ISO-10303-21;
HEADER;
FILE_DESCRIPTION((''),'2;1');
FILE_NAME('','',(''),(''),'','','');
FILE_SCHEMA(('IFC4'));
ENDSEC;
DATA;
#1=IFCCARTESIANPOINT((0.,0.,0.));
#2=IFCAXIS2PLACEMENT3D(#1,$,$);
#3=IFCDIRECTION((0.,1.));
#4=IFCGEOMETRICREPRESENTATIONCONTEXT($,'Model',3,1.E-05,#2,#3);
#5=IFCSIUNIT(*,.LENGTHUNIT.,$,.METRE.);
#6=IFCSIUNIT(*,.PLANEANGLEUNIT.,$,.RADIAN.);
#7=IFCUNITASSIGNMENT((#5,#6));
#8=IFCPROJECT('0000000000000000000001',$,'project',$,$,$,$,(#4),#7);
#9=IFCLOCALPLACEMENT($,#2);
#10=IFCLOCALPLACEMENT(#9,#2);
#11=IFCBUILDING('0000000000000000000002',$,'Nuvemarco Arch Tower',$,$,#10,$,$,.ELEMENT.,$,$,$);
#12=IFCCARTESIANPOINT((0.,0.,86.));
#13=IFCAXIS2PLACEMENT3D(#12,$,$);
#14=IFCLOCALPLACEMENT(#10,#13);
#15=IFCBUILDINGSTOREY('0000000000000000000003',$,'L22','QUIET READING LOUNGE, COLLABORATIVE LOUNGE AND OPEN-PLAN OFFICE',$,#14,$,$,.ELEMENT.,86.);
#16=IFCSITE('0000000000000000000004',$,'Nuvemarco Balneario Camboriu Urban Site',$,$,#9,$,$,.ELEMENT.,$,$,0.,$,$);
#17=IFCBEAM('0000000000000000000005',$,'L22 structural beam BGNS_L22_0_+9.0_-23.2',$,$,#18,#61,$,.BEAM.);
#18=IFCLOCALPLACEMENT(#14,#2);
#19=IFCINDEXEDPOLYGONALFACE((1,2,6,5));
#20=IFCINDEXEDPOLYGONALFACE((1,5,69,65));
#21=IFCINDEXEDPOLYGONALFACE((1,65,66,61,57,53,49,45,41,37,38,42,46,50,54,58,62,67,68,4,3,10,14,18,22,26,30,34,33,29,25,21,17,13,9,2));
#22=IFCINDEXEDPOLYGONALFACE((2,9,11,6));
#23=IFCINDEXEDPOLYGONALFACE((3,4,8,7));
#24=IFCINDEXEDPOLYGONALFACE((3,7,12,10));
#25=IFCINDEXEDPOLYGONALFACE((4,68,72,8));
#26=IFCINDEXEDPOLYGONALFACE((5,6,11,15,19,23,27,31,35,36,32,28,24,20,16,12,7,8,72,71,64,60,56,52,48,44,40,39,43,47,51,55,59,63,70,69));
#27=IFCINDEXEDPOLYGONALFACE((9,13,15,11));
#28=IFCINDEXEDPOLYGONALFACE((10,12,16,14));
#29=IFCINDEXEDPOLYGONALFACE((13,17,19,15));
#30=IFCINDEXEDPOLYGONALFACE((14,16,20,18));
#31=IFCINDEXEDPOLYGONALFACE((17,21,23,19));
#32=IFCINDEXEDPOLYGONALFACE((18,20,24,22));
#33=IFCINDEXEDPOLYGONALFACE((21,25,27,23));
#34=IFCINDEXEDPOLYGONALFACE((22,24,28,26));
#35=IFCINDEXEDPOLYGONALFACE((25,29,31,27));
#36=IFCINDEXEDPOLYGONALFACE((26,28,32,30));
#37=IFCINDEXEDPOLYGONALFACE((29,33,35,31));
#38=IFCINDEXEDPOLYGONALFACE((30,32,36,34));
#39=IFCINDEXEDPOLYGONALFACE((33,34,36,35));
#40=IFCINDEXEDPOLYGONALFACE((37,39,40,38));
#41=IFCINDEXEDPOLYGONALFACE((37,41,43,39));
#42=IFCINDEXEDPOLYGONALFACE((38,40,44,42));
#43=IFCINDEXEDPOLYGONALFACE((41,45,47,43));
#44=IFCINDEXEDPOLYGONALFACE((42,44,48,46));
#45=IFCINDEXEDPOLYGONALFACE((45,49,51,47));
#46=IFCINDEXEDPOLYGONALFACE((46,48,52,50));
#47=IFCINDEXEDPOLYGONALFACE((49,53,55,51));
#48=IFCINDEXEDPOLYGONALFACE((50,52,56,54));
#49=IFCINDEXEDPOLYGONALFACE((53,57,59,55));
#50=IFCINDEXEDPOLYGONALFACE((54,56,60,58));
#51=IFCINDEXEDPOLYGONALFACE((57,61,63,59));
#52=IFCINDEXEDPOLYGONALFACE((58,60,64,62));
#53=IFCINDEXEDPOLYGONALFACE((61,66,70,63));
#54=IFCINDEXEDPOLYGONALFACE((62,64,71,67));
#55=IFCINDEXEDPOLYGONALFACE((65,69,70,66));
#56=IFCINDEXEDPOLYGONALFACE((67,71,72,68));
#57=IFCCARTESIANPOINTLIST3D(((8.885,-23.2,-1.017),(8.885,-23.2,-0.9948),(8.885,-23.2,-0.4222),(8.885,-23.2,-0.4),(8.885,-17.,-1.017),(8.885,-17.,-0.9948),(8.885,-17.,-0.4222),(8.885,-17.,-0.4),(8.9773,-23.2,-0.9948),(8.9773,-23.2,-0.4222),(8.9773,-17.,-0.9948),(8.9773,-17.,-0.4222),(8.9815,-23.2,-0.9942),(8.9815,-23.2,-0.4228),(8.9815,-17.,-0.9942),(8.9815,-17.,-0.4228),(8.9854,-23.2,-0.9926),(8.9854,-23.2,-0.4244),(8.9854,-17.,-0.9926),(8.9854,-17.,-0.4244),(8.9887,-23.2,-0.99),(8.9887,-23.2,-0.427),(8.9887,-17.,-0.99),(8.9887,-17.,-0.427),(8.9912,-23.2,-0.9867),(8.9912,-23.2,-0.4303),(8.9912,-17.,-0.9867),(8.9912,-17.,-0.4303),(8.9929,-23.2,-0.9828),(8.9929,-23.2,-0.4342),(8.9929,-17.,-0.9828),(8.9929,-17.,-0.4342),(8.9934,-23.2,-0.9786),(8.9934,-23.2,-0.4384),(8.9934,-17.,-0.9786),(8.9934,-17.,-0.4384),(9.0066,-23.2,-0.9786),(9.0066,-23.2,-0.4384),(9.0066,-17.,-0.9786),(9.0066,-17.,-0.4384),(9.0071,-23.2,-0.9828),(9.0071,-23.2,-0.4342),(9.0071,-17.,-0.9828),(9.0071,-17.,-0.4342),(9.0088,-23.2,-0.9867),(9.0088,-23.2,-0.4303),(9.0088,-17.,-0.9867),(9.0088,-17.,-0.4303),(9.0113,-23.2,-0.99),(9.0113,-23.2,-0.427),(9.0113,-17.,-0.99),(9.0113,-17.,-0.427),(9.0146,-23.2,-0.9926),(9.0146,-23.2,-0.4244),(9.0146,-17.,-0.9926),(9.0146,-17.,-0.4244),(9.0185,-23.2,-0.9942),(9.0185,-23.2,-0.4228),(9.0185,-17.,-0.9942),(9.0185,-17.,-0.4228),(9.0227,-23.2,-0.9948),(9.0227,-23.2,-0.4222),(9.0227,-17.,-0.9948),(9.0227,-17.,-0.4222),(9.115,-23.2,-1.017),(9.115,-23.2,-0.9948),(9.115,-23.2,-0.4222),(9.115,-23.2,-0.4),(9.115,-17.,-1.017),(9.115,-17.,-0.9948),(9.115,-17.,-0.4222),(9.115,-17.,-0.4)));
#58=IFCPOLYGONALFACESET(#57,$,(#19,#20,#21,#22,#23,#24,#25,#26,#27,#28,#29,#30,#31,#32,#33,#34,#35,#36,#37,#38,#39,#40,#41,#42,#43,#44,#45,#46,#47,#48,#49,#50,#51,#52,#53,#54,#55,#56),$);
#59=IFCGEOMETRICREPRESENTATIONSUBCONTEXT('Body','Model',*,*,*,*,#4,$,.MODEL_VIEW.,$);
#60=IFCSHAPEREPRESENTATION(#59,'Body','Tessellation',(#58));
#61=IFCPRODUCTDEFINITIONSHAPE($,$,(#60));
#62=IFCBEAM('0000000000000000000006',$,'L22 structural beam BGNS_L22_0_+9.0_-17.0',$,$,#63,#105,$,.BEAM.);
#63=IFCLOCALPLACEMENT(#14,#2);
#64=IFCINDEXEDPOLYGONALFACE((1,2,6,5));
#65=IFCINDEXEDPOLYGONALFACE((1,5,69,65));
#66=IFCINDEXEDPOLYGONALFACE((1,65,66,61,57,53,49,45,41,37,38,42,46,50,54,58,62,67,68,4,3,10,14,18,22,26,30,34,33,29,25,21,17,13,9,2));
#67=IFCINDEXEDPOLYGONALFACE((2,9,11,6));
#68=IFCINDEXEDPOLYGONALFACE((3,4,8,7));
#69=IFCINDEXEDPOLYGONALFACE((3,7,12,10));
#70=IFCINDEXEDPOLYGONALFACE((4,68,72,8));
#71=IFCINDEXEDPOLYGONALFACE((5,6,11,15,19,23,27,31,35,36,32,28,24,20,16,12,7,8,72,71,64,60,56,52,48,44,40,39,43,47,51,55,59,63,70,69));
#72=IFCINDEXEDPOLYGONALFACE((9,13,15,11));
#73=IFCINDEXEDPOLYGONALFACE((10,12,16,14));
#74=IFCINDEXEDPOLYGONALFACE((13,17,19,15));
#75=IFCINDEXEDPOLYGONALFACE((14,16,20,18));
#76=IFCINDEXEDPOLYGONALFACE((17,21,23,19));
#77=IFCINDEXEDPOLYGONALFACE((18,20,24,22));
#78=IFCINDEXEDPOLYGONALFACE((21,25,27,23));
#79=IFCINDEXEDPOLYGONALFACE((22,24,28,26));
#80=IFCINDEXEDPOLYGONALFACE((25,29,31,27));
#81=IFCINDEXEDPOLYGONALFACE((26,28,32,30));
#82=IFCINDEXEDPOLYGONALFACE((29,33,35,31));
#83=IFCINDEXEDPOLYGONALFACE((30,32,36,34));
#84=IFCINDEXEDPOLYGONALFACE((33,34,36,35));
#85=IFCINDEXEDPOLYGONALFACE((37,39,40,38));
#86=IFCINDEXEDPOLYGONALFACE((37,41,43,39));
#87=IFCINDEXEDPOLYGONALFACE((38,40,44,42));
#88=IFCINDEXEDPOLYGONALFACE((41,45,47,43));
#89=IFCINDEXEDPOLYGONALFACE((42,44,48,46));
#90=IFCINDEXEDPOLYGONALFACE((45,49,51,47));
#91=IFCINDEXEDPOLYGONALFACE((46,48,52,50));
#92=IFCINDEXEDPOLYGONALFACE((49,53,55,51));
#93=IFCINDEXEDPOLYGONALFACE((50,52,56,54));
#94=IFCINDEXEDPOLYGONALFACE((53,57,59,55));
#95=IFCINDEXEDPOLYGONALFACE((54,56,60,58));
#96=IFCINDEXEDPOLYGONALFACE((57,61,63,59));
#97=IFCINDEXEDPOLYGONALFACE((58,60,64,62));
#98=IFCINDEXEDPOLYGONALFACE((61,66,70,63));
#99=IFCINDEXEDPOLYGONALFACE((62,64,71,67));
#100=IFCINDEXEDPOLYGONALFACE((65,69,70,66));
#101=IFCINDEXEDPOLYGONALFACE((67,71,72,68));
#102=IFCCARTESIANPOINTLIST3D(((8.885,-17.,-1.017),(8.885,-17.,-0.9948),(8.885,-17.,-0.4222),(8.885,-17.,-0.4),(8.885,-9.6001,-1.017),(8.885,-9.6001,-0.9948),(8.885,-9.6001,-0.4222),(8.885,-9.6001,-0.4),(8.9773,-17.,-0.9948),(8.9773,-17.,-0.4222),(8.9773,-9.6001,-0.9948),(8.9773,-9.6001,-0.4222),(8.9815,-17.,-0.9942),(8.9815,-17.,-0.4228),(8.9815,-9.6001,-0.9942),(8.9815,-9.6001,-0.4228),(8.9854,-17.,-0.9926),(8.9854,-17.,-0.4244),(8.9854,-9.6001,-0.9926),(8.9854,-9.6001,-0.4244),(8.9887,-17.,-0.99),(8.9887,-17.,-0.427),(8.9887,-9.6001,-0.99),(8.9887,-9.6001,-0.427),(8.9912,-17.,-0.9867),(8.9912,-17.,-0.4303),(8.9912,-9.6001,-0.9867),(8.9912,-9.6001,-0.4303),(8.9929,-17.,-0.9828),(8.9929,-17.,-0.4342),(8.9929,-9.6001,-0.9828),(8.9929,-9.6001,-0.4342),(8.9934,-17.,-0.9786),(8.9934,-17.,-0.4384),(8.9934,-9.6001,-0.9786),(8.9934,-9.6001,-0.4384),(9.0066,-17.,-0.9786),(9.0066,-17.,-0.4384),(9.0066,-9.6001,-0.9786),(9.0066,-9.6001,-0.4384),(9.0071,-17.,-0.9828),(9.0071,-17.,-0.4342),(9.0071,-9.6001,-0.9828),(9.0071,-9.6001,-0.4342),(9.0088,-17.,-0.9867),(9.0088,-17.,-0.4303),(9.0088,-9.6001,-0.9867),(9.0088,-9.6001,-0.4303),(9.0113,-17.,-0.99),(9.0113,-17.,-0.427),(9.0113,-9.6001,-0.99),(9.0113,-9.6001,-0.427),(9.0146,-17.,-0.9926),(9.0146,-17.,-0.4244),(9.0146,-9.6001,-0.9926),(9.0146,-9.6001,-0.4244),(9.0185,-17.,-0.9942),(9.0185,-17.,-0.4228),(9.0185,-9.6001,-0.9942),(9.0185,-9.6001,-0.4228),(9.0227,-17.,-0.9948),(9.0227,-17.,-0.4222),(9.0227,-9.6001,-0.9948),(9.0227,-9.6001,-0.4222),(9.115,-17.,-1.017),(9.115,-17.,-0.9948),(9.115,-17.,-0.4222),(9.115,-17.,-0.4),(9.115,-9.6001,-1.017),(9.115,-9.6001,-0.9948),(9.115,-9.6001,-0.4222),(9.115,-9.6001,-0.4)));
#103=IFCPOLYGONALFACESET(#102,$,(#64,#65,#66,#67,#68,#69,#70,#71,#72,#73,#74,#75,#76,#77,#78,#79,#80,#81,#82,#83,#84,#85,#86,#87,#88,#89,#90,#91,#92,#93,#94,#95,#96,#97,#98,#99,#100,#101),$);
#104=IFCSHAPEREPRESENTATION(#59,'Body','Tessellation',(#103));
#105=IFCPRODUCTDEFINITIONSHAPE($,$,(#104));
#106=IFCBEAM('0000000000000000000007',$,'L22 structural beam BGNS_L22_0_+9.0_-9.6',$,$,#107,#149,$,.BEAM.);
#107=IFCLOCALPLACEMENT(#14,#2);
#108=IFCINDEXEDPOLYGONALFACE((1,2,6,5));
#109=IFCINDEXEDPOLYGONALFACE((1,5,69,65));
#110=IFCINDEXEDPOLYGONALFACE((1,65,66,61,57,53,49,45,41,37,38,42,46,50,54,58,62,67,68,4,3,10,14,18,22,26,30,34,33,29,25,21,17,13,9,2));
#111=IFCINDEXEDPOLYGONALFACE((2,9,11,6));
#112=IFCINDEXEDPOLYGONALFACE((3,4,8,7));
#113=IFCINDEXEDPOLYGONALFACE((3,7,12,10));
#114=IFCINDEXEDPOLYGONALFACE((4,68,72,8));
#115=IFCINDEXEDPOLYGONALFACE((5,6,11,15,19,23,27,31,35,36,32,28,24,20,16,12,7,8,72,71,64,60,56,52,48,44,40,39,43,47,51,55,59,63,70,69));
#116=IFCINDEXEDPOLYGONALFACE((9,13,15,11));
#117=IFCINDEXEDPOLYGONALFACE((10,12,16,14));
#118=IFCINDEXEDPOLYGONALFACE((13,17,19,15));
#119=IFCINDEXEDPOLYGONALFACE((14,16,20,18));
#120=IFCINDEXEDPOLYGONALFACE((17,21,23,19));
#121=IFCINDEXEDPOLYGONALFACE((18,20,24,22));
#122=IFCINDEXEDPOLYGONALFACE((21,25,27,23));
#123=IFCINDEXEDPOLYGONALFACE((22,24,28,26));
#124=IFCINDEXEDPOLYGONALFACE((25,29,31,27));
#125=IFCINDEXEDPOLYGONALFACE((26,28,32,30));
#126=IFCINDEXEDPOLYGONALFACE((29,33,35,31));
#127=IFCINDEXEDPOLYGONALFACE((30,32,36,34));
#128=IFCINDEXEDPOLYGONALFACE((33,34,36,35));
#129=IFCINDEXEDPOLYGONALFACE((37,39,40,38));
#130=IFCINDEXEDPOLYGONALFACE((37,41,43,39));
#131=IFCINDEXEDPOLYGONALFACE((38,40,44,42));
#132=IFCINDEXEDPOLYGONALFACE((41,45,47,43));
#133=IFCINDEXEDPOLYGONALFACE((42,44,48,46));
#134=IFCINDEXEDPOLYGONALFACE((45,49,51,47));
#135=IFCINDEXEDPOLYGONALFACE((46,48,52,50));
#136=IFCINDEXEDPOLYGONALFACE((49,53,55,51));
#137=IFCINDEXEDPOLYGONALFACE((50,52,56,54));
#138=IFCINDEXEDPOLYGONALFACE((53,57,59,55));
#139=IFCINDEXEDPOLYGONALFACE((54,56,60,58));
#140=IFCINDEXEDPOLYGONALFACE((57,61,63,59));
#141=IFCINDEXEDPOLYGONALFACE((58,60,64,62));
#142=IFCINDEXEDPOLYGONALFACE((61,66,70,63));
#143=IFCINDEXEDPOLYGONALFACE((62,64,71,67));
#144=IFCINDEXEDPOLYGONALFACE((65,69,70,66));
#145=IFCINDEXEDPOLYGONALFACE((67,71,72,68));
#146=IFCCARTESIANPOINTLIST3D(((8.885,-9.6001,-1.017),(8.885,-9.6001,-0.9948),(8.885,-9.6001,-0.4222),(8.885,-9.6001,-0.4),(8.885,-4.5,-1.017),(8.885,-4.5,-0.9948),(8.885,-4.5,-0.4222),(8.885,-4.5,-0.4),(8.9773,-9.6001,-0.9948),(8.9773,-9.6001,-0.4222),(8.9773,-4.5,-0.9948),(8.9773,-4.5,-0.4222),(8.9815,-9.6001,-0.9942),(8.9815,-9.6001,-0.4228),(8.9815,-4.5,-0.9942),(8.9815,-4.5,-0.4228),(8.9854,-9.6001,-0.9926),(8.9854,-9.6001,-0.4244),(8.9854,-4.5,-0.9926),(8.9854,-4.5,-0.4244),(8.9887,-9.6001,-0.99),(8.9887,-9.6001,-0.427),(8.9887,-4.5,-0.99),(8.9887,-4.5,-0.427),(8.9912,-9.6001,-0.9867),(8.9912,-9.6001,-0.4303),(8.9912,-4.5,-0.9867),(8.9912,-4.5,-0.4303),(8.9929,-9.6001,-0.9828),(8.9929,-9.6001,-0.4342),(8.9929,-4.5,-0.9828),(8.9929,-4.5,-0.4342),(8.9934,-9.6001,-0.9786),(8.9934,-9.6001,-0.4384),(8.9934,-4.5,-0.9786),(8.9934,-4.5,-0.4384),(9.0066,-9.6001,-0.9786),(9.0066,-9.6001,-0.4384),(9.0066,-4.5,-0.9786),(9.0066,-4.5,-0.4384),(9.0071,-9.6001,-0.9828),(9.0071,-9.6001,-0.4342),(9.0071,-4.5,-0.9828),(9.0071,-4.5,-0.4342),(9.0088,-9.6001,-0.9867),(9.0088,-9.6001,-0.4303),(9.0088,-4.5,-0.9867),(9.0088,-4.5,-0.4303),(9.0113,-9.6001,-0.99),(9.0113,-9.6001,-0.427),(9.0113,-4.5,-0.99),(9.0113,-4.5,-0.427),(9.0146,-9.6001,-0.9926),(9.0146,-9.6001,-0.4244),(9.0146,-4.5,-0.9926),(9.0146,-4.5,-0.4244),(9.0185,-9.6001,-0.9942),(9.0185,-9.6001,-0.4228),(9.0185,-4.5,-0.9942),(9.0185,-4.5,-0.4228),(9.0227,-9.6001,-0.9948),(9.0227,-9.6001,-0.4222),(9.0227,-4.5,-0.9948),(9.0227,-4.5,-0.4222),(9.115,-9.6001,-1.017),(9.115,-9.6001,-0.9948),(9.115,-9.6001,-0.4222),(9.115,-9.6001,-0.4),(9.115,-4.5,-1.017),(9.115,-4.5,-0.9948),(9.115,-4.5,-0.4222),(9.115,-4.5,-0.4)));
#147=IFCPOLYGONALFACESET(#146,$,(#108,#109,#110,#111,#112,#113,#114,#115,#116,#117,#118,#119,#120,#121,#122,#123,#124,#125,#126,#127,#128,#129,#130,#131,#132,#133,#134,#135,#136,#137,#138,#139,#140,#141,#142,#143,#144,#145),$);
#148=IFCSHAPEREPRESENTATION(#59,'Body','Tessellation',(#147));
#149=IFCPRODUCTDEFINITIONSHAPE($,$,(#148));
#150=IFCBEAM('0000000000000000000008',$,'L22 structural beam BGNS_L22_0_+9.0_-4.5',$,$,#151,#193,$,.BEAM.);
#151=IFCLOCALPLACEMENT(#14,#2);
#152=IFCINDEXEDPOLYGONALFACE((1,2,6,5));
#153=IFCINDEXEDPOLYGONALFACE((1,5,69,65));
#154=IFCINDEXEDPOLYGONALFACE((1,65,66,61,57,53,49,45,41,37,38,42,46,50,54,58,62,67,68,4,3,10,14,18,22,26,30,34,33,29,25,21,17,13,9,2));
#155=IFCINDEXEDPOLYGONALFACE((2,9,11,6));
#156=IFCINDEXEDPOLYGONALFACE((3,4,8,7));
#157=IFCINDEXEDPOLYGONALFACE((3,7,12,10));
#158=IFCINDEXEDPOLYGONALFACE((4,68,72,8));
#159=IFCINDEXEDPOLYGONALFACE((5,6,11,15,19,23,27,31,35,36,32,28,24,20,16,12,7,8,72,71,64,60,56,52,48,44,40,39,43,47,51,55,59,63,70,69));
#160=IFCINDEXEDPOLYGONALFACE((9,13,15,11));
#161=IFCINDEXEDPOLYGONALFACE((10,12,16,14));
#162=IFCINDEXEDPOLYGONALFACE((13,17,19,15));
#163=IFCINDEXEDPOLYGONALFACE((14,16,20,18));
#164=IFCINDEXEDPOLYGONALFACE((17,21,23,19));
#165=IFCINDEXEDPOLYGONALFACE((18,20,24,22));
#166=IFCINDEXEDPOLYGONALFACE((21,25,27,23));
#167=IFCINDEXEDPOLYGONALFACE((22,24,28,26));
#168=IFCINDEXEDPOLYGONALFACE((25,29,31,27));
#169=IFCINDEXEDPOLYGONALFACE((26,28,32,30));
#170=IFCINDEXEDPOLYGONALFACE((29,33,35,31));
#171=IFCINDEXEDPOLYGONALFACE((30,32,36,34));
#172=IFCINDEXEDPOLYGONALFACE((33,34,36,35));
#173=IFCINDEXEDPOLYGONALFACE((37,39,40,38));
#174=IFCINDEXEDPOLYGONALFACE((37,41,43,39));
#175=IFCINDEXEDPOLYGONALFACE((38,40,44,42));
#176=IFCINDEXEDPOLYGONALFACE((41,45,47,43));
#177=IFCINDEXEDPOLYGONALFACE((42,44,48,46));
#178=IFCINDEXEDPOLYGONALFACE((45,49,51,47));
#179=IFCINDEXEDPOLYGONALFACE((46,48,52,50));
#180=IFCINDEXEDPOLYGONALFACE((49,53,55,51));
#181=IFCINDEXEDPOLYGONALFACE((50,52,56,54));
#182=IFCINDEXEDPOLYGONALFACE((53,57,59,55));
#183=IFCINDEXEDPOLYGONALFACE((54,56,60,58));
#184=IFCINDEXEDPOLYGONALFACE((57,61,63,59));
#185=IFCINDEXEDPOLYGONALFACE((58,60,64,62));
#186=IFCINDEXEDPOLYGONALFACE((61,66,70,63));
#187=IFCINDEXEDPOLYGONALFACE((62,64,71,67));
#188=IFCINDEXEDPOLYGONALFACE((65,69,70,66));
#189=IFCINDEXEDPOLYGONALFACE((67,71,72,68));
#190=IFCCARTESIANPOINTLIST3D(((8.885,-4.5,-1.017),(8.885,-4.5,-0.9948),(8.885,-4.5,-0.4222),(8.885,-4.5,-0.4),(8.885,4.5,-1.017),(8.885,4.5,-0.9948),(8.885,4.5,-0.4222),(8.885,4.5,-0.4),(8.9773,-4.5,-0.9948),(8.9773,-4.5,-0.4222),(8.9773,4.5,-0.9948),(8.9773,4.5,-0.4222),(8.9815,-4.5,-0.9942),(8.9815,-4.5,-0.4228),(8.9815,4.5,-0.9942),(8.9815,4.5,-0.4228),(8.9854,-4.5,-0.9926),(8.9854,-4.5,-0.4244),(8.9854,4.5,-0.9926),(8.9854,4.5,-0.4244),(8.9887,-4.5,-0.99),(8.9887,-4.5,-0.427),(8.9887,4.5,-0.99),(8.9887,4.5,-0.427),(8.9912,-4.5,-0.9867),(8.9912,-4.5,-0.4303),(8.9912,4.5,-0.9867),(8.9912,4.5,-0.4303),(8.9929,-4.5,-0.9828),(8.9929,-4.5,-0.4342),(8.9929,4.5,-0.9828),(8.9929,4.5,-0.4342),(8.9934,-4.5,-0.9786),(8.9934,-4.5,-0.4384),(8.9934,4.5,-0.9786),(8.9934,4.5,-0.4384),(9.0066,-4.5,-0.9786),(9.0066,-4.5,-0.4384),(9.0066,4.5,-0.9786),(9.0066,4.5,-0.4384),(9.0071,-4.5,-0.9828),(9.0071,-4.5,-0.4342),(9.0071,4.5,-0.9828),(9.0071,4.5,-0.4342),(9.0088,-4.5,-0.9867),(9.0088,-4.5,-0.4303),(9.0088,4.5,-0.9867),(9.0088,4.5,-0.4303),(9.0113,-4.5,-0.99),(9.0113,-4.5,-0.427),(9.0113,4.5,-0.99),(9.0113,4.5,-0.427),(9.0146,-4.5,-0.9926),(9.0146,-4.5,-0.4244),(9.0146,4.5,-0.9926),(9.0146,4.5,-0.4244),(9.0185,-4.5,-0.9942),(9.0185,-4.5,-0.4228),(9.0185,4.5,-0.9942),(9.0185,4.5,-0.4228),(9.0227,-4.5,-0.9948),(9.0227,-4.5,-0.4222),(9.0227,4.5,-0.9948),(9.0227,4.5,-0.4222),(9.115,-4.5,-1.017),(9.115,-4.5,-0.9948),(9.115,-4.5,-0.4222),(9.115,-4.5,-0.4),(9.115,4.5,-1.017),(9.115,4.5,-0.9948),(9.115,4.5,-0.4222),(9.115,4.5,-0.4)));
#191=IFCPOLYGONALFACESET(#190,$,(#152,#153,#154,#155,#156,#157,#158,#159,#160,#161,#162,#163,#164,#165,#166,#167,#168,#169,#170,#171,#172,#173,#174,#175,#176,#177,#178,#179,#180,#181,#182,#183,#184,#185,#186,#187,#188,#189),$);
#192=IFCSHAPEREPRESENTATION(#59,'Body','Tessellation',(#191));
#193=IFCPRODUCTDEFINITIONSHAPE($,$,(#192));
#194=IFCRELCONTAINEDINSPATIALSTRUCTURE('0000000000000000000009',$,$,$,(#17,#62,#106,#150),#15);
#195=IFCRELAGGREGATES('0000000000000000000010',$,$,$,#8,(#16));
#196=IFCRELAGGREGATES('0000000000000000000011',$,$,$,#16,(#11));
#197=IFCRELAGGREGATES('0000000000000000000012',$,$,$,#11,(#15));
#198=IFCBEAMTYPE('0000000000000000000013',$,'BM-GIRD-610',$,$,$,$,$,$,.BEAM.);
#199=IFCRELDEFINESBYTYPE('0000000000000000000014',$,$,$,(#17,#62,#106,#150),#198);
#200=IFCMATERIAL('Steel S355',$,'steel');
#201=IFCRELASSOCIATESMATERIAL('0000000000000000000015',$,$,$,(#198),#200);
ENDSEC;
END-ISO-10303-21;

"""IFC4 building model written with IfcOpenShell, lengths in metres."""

from ifc_helpers import new_model, si_unit, direction, frame, origin, origin_2d, place, context, subcontext, project, spatial, i_section, extrude, material, material_profile, profile_set, type_object, element, save


model = new_model("IFC4")

# Units and contexts
model_context = context("Model", 3, precision=1e-05, world=origin(), true_north=direction((0.0, 1.0)))
body_context = subcontext(model_context, "Body", "Model", "MODEL_VIEW")
ifc_project = project(units=[si_unit("LENGTHUNIT", "METRE"), si_unit("PLANEANGLEUNIT", "RADIAN")], contexts=[model_context])

# Site, building, storey
site_placement = place(None, origin())
site = spatial("IfcSite", under=ifc_project, at=site_placement, Name="Nuvemarco Balneario Camboriu Urban Site", CompositionType="ELEMENT", RefElevation=0.0)
building_placement = place(site_placement, origin())
building = spatial("IfcBuilding", under=site, at=building_placement, Name="Nuvemarco Arch Tower", CompositionType="ELEMENT")
storey_placement = place(building_placement, frame((0.0, 0.0, 86.0)))
storey = spatial("IfcBuildingStorey", under=building, at=storey_placement, Name="L22", Description="QUIET READING LOUNGE, COLLABORATIVE LOUNGE AND OPEN-PLAN OFFICE", CompositionType="ELEMENT", Elevation=86.0)

# Shared definitions
ifc_material_1 = material(Name="Steel S355", Category="steel")

# Beams
ifc_material_profile_1 = material_profile(ifc_material_1, i_section(OverallWidth=0.23, OverallDepth=0.6169, WebThickness=0.0132, FlangeThickness=0.0222, FilletRadius=0.0161, at=origin_2d()), Name="W610x140")
ifc_profile_set_1 = profile_set([ifc_material_profile_1], Name="Steel S355")
beam_type_1 = type_object("IfcBeamType", Name="BM-GIRD-610", PredefinedType="BEAM", material=ifc_profile_set_1)
beam_1_placement = place(storey_placement, frame((9.0, -23.2, -0.7085), z_axis=(0.0, 1.0, 0.0), x_axis=(-1.0, 0.0, 0.0)))
element("IfcBeam", 1, at=beam_1_placement, inside=storey, type_object=beam_type_1, Name="L22 structural beam BGNS_L22_0_+9.0_-23.2", PredefinedType="BEAM", context=body_context, shape_type="SweptSolid", body=[
    extrude(i_section(OverallWidth=0.23, OverallDepth=0.6169, WebThickness=0.0132, FlangeThickness=0.0222, FilletRadius=0.0161, at=origin_2d()), origin(), (0.0, 0.0, 1.0), 6.2),
])
beam_2_placement = place(storey_placement, frame((9.0, -17.0, -0.7085), z_axis=(0.0, 1.0, 0.0), x_axis=(-1.0, 0.0, 0.0)))
element("IfcBeam", 2, at=beam_2_placement, inside=storey, type_object=beam_type_1, Name="L22 structural beam BGNS_L22_0_+9.0_-17.0", PredefinedType="BEAM", context=body_context, shape_type="SweptSolid", body=[
    extrude(i_section(OverallWidth=0.23, OverallDepth=0.6169, WebThickness=0.0132, FlangeThickness=0.0222, FilletRadius=0.0161, at=origin_2d()), origin(), (0.0, 0.0, 1.0), 7.3999),
])
beam_3_placement = place(storey_placement, frame((9.0, -9.6001, -0.7085), z_axis=(0.0, 1.0, 0.0), x_axis=(-1.0, 0.0, 0.0)))
element("IfcBeam", 3, at=beam_3_placement, inside=storey, type_object=beam_type_1, Name="L22 structural beam BGNS_L22_0_+9.0_-9.6", PredefinedType="BEAM", context=body_context, shape_type="SweptSolid", body=[
    extrude(i_section(OverallWidth=0.23, OverallDepth=0.6169, WebThickness=0.0132, FlangeThickness=0.0222, FilletRadius=0.0161, at=origin_2d()), origin(), (0.0, 0.0, 1.0), 5.1001),
])
for number, where, z_axis, x_axis, name in (
    (4, (9.0, -4.5, -0.7085), (0.0, 1.0, 0.0), (-1.0, 0.0, 0.0), "L22 structural beam BGNS_L22_0_+9.0_-4.5"),
):
    element("IfcBeam", number, at=place(storey_placement, frame(where, z_axis=z_axis, x_axis=x_axis)), inside=storey, type_object=beam_type_1, Name=name, PredefinedType="BEAM", context=body_context, shape_type="SweptSolid", body=[
        extrude(i_section(OverallWidth=0.23, OverallDepth=0.6169, WebThickness=0.0132, FlangeThickness=0.0222, FilletRadius=0.0161, at=origin_2d()), origin(), (0.0, 0.0, 1.0), 9.0),
    ])

save(model, "model.ifc")
